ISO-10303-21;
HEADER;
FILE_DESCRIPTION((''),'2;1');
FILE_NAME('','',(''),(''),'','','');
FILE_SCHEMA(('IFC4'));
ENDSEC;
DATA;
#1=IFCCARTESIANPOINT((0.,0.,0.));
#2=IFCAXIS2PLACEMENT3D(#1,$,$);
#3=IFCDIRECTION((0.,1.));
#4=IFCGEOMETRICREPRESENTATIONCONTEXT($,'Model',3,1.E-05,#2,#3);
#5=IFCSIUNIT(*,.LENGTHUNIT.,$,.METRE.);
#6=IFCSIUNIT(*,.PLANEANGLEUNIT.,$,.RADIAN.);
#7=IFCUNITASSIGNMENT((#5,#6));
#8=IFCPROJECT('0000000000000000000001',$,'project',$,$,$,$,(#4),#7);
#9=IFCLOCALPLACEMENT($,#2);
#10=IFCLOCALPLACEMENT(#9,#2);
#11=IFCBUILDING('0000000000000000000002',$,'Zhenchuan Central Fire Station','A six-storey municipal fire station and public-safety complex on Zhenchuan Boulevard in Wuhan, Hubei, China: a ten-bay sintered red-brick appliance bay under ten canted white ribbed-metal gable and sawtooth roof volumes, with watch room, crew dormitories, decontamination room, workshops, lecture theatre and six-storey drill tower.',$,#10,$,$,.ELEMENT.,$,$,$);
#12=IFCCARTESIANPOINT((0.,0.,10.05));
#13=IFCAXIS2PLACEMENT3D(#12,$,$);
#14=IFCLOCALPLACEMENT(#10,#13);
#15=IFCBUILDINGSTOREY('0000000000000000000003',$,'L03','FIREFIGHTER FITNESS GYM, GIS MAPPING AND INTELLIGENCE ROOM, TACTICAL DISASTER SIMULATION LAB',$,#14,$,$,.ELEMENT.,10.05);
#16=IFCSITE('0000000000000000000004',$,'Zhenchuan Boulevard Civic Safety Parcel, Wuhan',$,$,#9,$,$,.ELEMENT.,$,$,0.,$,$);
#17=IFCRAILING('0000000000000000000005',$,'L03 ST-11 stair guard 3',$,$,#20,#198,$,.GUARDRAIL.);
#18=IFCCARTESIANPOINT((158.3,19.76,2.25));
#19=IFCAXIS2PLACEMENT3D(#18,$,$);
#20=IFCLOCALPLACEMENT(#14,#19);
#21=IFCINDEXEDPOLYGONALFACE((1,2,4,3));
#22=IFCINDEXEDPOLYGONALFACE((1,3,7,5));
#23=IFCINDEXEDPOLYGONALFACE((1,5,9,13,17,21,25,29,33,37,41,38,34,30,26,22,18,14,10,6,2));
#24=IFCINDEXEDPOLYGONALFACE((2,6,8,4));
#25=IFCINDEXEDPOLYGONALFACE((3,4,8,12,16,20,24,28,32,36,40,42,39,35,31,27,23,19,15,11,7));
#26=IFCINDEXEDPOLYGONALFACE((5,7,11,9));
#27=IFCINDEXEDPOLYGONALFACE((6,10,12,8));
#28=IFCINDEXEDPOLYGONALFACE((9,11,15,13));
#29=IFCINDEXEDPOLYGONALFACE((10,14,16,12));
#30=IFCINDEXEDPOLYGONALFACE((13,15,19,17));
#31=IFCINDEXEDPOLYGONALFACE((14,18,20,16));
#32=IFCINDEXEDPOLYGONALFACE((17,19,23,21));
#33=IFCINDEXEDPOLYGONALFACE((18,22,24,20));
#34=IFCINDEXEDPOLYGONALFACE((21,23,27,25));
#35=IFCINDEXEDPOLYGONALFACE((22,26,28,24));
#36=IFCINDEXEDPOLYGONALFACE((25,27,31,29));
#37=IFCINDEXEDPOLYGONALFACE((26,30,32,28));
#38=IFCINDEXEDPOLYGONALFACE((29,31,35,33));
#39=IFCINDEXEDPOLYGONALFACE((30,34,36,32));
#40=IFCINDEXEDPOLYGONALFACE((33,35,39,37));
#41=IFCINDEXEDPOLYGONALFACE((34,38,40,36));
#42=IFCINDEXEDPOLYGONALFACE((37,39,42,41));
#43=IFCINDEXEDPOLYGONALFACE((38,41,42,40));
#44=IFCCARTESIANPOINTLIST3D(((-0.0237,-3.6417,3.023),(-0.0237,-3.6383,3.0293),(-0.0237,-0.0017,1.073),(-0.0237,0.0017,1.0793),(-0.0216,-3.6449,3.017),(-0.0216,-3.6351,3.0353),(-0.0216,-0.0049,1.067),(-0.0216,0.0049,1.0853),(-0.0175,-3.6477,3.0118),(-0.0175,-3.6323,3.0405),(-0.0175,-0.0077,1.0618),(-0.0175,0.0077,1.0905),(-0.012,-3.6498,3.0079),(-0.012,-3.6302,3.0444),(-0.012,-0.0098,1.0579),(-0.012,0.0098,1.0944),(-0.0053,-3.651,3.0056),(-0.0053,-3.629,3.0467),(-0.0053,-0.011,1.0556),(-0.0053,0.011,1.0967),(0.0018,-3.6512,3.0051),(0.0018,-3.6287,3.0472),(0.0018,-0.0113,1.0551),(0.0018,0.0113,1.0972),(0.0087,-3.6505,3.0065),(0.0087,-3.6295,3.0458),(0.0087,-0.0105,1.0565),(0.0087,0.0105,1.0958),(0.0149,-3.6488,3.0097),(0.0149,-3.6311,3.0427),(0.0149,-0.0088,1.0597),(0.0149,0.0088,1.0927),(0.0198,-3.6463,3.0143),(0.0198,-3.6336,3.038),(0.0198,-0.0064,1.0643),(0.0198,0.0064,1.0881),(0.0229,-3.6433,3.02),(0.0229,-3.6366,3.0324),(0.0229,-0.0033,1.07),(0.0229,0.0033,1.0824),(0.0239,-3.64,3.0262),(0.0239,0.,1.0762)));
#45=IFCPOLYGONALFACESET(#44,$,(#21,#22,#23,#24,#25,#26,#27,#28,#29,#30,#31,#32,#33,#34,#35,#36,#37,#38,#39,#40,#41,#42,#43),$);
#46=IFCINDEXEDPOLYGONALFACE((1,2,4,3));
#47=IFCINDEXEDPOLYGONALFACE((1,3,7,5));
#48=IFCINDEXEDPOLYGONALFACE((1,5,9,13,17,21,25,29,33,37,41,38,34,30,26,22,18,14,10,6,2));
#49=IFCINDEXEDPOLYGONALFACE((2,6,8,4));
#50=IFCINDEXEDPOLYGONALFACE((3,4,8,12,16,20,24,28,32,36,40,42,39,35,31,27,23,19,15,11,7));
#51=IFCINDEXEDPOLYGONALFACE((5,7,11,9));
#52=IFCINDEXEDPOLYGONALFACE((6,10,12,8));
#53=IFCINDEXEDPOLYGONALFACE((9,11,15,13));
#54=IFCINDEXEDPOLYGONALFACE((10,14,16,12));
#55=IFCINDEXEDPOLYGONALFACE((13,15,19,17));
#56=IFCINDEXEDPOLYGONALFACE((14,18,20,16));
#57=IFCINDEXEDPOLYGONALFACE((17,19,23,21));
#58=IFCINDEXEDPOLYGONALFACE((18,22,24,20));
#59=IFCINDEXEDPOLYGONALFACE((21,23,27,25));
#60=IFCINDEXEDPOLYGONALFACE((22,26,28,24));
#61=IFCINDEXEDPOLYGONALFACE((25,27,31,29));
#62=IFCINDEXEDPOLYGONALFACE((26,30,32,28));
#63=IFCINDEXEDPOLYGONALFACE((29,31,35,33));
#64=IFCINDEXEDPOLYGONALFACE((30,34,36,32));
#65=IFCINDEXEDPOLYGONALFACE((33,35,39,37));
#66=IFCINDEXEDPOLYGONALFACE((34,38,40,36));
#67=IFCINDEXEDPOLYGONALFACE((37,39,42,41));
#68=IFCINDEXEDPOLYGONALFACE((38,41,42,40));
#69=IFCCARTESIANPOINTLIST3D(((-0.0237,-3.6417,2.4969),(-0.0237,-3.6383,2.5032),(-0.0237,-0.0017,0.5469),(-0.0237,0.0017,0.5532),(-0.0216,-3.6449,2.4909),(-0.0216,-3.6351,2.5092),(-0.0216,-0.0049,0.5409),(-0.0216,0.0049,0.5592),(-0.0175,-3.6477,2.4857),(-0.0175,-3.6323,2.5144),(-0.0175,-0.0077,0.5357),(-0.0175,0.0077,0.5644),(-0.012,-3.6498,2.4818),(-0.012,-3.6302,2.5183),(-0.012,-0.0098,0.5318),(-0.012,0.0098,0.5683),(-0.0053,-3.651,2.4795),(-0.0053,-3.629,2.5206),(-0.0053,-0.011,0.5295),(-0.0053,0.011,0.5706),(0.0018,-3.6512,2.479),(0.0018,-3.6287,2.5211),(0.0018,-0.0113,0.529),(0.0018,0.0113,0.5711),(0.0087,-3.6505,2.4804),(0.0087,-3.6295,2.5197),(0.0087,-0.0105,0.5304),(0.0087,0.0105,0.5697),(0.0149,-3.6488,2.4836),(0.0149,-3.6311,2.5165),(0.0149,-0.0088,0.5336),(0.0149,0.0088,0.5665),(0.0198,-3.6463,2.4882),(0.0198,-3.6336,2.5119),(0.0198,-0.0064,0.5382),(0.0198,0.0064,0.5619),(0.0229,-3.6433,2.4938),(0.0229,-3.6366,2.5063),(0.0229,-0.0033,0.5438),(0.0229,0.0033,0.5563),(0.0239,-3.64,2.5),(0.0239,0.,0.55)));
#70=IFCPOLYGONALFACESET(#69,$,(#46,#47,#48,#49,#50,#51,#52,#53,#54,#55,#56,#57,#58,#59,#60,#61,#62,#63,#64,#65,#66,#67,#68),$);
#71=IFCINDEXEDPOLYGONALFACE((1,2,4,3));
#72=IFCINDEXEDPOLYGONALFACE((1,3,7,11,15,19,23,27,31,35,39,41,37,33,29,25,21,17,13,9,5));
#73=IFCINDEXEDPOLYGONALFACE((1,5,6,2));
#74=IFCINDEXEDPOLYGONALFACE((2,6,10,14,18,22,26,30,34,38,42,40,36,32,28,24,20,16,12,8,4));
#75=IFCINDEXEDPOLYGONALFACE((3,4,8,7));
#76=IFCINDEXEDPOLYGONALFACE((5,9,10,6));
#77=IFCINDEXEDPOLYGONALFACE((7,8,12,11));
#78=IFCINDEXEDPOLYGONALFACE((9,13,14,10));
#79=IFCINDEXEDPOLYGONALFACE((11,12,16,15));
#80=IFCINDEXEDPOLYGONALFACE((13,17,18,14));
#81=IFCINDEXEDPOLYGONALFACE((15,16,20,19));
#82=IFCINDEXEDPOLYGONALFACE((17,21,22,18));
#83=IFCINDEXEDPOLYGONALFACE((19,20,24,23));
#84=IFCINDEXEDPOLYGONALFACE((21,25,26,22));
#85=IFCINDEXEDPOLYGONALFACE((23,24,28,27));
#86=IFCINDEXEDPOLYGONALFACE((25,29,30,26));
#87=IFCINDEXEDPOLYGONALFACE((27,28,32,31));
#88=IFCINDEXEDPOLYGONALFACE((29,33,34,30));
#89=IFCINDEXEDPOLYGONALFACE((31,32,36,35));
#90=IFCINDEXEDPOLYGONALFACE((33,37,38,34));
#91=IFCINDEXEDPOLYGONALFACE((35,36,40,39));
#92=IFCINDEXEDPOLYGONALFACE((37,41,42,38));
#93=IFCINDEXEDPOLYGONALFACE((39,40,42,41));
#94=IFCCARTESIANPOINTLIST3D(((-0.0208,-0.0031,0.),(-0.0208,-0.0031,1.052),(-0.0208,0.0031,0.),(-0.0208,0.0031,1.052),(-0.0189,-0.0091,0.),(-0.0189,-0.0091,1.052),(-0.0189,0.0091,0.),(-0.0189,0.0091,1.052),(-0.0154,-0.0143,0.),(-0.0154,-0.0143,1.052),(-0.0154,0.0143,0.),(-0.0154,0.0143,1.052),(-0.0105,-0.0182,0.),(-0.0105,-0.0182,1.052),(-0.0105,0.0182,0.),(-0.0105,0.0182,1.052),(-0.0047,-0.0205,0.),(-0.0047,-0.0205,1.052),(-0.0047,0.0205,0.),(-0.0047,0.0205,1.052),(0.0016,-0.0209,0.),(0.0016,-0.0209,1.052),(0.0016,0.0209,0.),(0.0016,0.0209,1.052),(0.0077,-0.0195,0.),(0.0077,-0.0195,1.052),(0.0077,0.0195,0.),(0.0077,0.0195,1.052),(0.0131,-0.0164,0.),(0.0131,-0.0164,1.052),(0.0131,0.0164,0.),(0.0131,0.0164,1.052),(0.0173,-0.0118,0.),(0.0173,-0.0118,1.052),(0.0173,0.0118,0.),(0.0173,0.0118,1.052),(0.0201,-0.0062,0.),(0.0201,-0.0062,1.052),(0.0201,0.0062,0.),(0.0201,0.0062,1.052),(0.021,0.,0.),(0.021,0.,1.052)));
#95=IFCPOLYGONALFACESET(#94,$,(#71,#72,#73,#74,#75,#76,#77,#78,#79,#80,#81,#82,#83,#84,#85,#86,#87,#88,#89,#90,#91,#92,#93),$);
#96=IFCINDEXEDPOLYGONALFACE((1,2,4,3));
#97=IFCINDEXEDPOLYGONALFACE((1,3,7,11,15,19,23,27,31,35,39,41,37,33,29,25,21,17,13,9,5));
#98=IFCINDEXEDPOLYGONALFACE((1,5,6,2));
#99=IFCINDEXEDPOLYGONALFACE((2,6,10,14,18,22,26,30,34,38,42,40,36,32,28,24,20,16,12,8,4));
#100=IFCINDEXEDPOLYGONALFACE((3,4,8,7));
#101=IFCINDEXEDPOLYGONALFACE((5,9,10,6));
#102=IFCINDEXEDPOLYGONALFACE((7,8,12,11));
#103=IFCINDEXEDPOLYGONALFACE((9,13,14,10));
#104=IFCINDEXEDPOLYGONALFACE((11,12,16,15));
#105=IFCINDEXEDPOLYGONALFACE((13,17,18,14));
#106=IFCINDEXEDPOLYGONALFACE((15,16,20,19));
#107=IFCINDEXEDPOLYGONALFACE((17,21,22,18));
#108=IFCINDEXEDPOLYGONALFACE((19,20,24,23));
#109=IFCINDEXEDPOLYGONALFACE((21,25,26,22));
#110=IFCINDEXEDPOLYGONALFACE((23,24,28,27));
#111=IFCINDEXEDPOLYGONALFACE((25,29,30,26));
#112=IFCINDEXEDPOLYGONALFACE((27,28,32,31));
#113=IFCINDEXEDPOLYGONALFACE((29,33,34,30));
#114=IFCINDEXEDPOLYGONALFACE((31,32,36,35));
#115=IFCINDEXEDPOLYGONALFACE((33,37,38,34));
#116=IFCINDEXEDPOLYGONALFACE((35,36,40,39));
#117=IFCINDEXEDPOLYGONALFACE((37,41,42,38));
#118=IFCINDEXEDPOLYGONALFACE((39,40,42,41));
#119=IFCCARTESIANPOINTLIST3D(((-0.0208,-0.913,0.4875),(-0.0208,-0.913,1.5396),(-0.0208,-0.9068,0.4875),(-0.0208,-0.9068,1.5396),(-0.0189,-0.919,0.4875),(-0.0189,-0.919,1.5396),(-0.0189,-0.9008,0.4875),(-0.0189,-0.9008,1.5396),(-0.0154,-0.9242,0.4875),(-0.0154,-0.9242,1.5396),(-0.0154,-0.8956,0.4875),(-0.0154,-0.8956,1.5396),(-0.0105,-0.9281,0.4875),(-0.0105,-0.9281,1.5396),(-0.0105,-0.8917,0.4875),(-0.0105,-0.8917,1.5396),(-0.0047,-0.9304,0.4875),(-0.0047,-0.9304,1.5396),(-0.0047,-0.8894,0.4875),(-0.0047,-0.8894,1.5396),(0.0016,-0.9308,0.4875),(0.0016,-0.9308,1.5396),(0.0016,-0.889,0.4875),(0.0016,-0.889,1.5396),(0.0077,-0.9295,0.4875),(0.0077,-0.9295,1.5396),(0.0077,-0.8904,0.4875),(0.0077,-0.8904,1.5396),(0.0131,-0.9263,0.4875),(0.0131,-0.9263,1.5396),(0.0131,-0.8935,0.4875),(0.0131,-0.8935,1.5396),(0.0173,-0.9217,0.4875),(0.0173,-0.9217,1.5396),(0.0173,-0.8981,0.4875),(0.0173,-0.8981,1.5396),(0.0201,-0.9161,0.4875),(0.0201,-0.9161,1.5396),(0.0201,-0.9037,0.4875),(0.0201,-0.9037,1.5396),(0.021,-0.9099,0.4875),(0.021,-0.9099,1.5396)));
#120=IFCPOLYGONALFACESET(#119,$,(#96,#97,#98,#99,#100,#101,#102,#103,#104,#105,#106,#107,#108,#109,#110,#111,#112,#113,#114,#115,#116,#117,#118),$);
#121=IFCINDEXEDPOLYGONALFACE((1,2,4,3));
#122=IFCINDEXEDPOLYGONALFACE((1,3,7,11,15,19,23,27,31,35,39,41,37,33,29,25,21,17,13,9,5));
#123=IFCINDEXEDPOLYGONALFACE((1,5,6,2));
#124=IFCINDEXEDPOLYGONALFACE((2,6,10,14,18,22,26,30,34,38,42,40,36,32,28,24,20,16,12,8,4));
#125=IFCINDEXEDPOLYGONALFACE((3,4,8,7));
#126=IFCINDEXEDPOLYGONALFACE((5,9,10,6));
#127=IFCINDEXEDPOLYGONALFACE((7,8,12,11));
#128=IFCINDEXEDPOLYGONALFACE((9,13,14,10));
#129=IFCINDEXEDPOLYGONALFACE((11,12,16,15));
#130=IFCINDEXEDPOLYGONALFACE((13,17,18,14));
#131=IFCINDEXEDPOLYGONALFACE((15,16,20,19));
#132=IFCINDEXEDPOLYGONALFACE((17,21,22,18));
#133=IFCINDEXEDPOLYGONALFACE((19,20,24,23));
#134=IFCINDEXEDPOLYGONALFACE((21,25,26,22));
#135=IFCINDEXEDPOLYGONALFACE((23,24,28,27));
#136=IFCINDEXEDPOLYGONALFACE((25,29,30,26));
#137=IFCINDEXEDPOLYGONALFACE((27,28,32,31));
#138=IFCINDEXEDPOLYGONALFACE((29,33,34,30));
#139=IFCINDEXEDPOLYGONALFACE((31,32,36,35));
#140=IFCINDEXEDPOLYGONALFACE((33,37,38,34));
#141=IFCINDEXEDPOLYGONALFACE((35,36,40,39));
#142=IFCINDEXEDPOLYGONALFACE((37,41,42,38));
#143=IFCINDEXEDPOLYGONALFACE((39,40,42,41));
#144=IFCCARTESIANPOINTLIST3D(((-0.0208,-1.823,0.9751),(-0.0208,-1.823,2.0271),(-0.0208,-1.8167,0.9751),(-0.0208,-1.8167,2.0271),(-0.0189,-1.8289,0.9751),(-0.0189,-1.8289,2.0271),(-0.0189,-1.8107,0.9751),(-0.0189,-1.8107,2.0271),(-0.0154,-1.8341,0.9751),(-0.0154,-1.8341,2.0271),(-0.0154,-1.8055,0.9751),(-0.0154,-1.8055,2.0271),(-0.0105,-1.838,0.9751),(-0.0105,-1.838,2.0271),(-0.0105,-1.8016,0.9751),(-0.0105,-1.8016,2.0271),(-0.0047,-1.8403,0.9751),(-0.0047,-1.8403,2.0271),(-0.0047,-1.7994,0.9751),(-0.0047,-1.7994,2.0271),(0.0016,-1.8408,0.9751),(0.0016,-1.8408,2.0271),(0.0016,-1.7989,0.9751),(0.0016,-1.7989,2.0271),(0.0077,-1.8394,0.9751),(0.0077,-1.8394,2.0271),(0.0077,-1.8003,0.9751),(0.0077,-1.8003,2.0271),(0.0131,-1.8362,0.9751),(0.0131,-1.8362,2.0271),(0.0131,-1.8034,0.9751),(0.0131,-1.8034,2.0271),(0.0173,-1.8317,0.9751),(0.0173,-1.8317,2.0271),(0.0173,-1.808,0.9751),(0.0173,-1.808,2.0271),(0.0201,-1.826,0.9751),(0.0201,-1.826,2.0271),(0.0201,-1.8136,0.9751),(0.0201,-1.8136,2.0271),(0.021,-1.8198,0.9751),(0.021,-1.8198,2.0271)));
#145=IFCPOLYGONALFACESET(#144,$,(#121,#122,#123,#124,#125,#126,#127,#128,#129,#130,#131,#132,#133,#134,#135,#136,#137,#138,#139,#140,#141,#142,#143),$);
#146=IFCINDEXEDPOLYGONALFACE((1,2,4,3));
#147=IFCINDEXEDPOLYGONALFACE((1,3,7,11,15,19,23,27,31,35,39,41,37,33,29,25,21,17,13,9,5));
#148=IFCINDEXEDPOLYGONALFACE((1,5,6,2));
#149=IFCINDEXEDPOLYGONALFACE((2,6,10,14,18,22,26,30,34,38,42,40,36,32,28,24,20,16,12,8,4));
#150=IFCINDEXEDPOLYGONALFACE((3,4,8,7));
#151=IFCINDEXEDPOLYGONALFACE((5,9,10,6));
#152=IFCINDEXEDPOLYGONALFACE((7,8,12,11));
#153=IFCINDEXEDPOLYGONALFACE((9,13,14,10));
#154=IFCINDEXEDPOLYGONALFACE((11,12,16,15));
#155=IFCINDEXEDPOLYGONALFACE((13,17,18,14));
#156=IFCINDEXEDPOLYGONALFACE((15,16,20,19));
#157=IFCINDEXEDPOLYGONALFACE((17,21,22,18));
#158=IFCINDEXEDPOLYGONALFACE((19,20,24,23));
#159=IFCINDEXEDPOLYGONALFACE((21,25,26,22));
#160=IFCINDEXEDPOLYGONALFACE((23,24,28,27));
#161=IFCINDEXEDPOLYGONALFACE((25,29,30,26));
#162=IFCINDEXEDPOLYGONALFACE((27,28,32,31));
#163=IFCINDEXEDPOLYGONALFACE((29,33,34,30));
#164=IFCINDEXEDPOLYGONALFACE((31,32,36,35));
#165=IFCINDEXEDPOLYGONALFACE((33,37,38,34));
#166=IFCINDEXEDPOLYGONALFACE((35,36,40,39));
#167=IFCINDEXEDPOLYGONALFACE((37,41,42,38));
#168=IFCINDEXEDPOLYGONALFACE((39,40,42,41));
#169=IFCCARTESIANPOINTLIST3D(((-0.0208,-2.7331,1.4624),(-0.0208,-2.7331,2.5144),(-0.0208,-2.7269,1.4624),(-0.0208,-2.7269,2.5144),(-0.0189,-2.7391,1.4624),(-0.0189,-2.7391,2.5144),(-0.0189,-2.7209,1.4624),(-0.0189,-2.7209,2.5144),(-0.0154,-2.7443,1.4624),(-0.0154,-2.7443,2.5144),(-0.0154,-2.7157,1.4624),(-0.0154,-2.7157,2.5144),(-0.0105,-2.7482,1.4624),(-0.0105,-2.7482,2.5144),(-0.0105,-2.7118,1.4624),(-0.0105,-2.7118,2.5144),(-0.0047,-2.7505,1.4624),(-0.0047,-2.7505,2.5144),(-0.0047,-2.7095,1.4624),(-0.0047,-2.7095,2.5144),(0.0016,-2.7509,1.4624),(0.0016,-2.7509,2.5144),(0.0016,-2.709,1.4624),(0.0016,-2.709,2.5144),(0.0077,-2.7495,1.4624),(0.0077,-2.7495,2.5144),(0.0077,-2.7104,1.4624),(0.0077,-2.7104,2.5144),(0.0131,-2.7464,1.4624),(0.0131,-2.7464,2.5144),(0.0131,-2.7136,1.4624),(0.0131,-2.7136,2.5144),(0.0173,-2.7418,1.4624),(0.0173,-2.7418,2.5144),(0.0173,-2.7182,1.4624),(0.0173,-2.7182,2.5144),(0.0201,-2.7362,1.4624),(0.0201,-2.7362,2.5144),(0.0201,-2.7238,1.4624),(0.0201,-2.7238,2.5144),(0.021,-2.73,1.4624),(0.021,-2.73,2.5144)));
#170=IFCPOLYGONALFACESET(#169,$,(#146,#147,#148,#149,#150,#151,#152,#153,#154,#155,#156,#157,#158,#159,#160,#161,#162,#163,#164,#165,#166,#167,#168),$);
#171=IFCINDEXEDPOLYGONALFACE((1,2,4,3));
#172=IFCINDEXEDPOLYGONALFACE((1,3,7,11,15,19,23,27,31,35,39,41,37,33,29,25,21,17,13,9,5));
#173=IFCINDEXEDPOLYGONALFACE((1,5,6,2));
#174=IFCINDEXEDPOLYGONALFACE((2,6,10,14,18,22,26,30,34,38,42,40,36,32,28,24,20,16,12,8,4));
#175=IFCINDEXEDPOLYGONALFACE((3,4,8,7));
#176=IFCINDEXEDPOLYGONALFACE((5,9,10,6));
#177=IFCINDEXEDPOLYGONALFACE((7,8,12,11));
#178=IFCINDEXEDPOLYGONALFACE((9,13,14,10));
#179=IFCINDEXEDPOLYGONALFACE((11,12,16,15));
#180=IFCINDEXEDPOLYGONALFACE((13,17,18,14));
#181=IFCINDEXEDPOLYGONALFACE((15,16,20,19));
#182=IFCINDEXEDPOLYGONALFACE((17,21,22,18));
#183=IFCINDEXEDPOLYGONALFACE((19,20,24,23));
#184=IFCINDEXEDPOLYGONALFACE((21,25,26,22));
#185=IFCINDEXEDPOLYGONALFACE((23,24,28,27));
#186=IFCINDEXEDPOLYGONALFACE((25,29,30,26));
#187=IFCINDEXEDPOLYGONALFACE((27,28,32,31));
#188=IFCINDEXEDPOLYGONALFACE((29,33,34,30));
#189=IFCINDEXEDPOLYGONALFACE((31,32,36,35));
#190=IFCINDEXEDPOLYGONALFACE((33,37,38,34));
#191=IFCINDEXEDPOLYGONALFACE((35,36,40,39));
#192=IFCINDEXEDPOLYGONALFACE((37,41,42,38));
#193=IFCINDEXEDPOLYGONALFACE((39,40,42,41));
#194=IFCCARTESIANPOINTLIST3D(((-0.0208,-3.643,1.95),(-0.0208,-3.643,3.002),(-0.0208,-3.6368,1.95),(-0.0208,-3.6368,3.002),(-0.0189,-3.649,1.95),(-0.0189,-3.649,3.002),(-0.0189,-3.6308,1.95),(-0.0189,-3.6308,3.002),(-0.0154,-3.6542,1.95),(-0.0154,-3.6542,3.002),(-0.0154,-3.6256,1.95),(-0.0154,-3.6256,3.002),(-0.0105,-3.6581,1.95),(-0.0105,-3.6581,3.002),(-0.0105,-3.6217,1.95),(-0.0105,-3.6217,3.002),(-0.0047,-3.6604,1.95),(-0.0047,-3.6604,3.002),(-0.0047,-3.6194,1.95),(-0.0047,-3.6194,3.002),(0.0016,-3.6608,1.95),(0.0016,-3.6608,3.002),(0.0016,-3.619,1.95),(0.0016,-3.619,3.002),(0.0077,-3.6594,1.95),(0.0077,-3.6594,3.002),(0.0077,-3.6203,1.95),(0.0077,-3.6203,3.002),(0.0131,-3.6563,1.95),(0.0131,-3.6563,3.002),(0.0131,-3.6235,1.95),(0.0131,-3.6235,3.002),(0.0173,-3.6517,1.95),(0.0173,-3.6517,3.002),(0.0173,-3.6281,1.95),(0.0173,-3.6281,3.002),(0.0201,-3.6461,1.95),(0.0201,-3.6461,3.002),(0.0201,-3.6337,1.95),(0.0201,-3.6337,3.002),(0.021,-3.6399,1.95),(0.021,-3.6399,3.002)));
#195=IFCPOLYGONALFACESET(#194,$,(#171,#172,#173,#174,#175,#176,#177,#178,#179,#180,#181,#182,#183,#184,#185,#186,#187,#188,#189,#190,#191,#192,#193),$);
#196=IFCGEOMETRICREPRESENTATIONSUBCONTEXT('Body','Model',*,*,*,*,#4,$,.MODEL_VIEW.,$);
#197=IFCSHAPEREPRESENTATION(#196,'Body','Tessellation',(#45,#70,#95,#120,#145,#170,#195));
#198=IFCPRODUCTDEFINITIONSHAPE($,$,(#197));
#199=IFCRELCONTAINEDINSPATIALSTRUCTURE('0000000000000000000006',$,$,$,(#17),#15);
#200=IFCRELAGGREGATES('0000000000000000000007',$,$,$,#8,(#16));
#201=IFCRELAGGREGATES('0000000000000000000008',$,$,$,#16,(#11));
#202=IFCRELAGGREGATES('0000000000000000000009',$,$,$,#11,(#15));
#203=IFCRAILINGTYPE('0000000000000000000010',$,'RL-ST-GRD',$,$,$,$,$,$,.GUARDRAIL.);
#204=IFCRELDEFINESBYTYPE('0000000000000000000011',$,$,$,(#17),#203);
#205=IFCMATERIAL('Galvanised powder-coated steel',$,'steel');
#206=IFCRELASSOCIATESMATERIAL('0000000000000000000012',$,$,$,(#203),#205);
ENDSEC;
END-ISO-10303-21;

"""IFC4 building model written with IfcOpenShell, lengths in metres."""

from ifc_helpers import new_model, si_unit, direction, frame, origin, origin_2d, place, context, subcontext, project, spatial, circle, extrude, material, type_object, element, save


model = new_model("IFC4")

# Units and contexts
model_context = context("Model", 3, precision=1e-05, world=origin(), true_north=direction((0.0, 1.0)))
body_context = subcontext(model_context, "Body", "Model", "MODEL_VIEW")
ifc_project = project(units=[si_unit("LENGTHUNIT", "METRE"), si_unit("PLANEANGLEUNIT", "RADIAN")], contexts=[model_context])

# Site, building, storey
site_placement = place(None, origin())
site = spatial("IfcSite", under=ifc_project, at=site_placement, Name="Zhenchuan Boulevard Civic Safety Parcel, Wuhan", CompositionType="ELEMENT", RefElevation=0.0)
building_placement = place(site_placement, origin())
building = spatial("IfcBuilding", under=site, at=building_placement, Name="Zhenchuan Central Fire Station", Description="A six-storey municipal fire station and public-safety complex on Zhenchuan Boulevard in Wuhan, Hubei, China: a ten-bay sintered red-brick appliance bay under ten canted white ribbed-metal gable and sawtooth roof volumes, with watch room, crew dormitories, decontamination room, workshops, lecture theatre and six-storey drill tower.", CompositionType="ELEMENT")
storey_placement = place(building_placement, frame((0.0, 0.0, 10.05)))
storey = spatial("IfcBuildingStorey", under=building, at=storey_placement, Name="L03", Description="FIREFIGHTER FITNESS GYM, GIS MAPPING AND INTELLIGENCE ROOM, TACTICAL DISASTER SIMULATION LAB", CompositionType="ELEMENT", Elevation=10.05)

# Railing
ifc_material_1 = material(Name="Galvanised powder-coated steel", Category="steel")
railing_type_1 = type_object("IfcRailingType", Name="RL-ST-GRD", PredefinedType="GUARDRAIL", material=ifc_material_1)
railing_1_placement = place(storey_placement, frame((158.3, 19.76, 2.25)))
element("IfcRailing", 1, at=railing_1_placement, inside=storey, type_object=railing_type_1, Name="L03 ST-11 stair guard 3", PredefinedType="GUARDRAIL", context=body_context, shape_type="SweptSolid", body=[
    extrude(circle(Radius=0.0239, at=origin_2d()), frame((0.0, 0.0, 1.0762), z_axis=(0.0, -0.881479, 0.472223), x_axis=(1.0, 0.0, 0.0)), (0.0, 0.0, 1.0), 4.1294),
    extrude(circle(Radius=0.0239, at=origin_2d()), frame((0.0, 0.0, 0.55), z_axis=(0.0, -0.881479, 0.472223), x_axis=(1.0, 0.0, 0.0)), (0.0, 0.0, 1.0), 4.1294),
    extrude(circle(Radius=0.021, at=origin_2d()), origin(), (0.0, 0.0, 1.0), 1.052),
    extrude(circle(Radius=0.021, at=origin_2d()), frame((0.0, -0.9099, 0.4875)), (0.0, 0.0, 1.0), 1.052),
    extrude(circle(Radius=0.021, at=origin_2d()), frame((0.0, -1.8198, 0.9751)), (0.0, 0.0, 1.0), 1.052),
    extrude(circle(Radius=0.021, at=origin_2d()), frame((0.0, -2.73, 1.4624)), (0.0, 0.0, 1.0), 1.052),
    extrude(circle(Radius=0.021, at=origin_2d()), frame((0.0, -3.6399, 1.95)), (0.0, 0.0, 1.0), 1.052),
])

save(model, "model.ifc")
